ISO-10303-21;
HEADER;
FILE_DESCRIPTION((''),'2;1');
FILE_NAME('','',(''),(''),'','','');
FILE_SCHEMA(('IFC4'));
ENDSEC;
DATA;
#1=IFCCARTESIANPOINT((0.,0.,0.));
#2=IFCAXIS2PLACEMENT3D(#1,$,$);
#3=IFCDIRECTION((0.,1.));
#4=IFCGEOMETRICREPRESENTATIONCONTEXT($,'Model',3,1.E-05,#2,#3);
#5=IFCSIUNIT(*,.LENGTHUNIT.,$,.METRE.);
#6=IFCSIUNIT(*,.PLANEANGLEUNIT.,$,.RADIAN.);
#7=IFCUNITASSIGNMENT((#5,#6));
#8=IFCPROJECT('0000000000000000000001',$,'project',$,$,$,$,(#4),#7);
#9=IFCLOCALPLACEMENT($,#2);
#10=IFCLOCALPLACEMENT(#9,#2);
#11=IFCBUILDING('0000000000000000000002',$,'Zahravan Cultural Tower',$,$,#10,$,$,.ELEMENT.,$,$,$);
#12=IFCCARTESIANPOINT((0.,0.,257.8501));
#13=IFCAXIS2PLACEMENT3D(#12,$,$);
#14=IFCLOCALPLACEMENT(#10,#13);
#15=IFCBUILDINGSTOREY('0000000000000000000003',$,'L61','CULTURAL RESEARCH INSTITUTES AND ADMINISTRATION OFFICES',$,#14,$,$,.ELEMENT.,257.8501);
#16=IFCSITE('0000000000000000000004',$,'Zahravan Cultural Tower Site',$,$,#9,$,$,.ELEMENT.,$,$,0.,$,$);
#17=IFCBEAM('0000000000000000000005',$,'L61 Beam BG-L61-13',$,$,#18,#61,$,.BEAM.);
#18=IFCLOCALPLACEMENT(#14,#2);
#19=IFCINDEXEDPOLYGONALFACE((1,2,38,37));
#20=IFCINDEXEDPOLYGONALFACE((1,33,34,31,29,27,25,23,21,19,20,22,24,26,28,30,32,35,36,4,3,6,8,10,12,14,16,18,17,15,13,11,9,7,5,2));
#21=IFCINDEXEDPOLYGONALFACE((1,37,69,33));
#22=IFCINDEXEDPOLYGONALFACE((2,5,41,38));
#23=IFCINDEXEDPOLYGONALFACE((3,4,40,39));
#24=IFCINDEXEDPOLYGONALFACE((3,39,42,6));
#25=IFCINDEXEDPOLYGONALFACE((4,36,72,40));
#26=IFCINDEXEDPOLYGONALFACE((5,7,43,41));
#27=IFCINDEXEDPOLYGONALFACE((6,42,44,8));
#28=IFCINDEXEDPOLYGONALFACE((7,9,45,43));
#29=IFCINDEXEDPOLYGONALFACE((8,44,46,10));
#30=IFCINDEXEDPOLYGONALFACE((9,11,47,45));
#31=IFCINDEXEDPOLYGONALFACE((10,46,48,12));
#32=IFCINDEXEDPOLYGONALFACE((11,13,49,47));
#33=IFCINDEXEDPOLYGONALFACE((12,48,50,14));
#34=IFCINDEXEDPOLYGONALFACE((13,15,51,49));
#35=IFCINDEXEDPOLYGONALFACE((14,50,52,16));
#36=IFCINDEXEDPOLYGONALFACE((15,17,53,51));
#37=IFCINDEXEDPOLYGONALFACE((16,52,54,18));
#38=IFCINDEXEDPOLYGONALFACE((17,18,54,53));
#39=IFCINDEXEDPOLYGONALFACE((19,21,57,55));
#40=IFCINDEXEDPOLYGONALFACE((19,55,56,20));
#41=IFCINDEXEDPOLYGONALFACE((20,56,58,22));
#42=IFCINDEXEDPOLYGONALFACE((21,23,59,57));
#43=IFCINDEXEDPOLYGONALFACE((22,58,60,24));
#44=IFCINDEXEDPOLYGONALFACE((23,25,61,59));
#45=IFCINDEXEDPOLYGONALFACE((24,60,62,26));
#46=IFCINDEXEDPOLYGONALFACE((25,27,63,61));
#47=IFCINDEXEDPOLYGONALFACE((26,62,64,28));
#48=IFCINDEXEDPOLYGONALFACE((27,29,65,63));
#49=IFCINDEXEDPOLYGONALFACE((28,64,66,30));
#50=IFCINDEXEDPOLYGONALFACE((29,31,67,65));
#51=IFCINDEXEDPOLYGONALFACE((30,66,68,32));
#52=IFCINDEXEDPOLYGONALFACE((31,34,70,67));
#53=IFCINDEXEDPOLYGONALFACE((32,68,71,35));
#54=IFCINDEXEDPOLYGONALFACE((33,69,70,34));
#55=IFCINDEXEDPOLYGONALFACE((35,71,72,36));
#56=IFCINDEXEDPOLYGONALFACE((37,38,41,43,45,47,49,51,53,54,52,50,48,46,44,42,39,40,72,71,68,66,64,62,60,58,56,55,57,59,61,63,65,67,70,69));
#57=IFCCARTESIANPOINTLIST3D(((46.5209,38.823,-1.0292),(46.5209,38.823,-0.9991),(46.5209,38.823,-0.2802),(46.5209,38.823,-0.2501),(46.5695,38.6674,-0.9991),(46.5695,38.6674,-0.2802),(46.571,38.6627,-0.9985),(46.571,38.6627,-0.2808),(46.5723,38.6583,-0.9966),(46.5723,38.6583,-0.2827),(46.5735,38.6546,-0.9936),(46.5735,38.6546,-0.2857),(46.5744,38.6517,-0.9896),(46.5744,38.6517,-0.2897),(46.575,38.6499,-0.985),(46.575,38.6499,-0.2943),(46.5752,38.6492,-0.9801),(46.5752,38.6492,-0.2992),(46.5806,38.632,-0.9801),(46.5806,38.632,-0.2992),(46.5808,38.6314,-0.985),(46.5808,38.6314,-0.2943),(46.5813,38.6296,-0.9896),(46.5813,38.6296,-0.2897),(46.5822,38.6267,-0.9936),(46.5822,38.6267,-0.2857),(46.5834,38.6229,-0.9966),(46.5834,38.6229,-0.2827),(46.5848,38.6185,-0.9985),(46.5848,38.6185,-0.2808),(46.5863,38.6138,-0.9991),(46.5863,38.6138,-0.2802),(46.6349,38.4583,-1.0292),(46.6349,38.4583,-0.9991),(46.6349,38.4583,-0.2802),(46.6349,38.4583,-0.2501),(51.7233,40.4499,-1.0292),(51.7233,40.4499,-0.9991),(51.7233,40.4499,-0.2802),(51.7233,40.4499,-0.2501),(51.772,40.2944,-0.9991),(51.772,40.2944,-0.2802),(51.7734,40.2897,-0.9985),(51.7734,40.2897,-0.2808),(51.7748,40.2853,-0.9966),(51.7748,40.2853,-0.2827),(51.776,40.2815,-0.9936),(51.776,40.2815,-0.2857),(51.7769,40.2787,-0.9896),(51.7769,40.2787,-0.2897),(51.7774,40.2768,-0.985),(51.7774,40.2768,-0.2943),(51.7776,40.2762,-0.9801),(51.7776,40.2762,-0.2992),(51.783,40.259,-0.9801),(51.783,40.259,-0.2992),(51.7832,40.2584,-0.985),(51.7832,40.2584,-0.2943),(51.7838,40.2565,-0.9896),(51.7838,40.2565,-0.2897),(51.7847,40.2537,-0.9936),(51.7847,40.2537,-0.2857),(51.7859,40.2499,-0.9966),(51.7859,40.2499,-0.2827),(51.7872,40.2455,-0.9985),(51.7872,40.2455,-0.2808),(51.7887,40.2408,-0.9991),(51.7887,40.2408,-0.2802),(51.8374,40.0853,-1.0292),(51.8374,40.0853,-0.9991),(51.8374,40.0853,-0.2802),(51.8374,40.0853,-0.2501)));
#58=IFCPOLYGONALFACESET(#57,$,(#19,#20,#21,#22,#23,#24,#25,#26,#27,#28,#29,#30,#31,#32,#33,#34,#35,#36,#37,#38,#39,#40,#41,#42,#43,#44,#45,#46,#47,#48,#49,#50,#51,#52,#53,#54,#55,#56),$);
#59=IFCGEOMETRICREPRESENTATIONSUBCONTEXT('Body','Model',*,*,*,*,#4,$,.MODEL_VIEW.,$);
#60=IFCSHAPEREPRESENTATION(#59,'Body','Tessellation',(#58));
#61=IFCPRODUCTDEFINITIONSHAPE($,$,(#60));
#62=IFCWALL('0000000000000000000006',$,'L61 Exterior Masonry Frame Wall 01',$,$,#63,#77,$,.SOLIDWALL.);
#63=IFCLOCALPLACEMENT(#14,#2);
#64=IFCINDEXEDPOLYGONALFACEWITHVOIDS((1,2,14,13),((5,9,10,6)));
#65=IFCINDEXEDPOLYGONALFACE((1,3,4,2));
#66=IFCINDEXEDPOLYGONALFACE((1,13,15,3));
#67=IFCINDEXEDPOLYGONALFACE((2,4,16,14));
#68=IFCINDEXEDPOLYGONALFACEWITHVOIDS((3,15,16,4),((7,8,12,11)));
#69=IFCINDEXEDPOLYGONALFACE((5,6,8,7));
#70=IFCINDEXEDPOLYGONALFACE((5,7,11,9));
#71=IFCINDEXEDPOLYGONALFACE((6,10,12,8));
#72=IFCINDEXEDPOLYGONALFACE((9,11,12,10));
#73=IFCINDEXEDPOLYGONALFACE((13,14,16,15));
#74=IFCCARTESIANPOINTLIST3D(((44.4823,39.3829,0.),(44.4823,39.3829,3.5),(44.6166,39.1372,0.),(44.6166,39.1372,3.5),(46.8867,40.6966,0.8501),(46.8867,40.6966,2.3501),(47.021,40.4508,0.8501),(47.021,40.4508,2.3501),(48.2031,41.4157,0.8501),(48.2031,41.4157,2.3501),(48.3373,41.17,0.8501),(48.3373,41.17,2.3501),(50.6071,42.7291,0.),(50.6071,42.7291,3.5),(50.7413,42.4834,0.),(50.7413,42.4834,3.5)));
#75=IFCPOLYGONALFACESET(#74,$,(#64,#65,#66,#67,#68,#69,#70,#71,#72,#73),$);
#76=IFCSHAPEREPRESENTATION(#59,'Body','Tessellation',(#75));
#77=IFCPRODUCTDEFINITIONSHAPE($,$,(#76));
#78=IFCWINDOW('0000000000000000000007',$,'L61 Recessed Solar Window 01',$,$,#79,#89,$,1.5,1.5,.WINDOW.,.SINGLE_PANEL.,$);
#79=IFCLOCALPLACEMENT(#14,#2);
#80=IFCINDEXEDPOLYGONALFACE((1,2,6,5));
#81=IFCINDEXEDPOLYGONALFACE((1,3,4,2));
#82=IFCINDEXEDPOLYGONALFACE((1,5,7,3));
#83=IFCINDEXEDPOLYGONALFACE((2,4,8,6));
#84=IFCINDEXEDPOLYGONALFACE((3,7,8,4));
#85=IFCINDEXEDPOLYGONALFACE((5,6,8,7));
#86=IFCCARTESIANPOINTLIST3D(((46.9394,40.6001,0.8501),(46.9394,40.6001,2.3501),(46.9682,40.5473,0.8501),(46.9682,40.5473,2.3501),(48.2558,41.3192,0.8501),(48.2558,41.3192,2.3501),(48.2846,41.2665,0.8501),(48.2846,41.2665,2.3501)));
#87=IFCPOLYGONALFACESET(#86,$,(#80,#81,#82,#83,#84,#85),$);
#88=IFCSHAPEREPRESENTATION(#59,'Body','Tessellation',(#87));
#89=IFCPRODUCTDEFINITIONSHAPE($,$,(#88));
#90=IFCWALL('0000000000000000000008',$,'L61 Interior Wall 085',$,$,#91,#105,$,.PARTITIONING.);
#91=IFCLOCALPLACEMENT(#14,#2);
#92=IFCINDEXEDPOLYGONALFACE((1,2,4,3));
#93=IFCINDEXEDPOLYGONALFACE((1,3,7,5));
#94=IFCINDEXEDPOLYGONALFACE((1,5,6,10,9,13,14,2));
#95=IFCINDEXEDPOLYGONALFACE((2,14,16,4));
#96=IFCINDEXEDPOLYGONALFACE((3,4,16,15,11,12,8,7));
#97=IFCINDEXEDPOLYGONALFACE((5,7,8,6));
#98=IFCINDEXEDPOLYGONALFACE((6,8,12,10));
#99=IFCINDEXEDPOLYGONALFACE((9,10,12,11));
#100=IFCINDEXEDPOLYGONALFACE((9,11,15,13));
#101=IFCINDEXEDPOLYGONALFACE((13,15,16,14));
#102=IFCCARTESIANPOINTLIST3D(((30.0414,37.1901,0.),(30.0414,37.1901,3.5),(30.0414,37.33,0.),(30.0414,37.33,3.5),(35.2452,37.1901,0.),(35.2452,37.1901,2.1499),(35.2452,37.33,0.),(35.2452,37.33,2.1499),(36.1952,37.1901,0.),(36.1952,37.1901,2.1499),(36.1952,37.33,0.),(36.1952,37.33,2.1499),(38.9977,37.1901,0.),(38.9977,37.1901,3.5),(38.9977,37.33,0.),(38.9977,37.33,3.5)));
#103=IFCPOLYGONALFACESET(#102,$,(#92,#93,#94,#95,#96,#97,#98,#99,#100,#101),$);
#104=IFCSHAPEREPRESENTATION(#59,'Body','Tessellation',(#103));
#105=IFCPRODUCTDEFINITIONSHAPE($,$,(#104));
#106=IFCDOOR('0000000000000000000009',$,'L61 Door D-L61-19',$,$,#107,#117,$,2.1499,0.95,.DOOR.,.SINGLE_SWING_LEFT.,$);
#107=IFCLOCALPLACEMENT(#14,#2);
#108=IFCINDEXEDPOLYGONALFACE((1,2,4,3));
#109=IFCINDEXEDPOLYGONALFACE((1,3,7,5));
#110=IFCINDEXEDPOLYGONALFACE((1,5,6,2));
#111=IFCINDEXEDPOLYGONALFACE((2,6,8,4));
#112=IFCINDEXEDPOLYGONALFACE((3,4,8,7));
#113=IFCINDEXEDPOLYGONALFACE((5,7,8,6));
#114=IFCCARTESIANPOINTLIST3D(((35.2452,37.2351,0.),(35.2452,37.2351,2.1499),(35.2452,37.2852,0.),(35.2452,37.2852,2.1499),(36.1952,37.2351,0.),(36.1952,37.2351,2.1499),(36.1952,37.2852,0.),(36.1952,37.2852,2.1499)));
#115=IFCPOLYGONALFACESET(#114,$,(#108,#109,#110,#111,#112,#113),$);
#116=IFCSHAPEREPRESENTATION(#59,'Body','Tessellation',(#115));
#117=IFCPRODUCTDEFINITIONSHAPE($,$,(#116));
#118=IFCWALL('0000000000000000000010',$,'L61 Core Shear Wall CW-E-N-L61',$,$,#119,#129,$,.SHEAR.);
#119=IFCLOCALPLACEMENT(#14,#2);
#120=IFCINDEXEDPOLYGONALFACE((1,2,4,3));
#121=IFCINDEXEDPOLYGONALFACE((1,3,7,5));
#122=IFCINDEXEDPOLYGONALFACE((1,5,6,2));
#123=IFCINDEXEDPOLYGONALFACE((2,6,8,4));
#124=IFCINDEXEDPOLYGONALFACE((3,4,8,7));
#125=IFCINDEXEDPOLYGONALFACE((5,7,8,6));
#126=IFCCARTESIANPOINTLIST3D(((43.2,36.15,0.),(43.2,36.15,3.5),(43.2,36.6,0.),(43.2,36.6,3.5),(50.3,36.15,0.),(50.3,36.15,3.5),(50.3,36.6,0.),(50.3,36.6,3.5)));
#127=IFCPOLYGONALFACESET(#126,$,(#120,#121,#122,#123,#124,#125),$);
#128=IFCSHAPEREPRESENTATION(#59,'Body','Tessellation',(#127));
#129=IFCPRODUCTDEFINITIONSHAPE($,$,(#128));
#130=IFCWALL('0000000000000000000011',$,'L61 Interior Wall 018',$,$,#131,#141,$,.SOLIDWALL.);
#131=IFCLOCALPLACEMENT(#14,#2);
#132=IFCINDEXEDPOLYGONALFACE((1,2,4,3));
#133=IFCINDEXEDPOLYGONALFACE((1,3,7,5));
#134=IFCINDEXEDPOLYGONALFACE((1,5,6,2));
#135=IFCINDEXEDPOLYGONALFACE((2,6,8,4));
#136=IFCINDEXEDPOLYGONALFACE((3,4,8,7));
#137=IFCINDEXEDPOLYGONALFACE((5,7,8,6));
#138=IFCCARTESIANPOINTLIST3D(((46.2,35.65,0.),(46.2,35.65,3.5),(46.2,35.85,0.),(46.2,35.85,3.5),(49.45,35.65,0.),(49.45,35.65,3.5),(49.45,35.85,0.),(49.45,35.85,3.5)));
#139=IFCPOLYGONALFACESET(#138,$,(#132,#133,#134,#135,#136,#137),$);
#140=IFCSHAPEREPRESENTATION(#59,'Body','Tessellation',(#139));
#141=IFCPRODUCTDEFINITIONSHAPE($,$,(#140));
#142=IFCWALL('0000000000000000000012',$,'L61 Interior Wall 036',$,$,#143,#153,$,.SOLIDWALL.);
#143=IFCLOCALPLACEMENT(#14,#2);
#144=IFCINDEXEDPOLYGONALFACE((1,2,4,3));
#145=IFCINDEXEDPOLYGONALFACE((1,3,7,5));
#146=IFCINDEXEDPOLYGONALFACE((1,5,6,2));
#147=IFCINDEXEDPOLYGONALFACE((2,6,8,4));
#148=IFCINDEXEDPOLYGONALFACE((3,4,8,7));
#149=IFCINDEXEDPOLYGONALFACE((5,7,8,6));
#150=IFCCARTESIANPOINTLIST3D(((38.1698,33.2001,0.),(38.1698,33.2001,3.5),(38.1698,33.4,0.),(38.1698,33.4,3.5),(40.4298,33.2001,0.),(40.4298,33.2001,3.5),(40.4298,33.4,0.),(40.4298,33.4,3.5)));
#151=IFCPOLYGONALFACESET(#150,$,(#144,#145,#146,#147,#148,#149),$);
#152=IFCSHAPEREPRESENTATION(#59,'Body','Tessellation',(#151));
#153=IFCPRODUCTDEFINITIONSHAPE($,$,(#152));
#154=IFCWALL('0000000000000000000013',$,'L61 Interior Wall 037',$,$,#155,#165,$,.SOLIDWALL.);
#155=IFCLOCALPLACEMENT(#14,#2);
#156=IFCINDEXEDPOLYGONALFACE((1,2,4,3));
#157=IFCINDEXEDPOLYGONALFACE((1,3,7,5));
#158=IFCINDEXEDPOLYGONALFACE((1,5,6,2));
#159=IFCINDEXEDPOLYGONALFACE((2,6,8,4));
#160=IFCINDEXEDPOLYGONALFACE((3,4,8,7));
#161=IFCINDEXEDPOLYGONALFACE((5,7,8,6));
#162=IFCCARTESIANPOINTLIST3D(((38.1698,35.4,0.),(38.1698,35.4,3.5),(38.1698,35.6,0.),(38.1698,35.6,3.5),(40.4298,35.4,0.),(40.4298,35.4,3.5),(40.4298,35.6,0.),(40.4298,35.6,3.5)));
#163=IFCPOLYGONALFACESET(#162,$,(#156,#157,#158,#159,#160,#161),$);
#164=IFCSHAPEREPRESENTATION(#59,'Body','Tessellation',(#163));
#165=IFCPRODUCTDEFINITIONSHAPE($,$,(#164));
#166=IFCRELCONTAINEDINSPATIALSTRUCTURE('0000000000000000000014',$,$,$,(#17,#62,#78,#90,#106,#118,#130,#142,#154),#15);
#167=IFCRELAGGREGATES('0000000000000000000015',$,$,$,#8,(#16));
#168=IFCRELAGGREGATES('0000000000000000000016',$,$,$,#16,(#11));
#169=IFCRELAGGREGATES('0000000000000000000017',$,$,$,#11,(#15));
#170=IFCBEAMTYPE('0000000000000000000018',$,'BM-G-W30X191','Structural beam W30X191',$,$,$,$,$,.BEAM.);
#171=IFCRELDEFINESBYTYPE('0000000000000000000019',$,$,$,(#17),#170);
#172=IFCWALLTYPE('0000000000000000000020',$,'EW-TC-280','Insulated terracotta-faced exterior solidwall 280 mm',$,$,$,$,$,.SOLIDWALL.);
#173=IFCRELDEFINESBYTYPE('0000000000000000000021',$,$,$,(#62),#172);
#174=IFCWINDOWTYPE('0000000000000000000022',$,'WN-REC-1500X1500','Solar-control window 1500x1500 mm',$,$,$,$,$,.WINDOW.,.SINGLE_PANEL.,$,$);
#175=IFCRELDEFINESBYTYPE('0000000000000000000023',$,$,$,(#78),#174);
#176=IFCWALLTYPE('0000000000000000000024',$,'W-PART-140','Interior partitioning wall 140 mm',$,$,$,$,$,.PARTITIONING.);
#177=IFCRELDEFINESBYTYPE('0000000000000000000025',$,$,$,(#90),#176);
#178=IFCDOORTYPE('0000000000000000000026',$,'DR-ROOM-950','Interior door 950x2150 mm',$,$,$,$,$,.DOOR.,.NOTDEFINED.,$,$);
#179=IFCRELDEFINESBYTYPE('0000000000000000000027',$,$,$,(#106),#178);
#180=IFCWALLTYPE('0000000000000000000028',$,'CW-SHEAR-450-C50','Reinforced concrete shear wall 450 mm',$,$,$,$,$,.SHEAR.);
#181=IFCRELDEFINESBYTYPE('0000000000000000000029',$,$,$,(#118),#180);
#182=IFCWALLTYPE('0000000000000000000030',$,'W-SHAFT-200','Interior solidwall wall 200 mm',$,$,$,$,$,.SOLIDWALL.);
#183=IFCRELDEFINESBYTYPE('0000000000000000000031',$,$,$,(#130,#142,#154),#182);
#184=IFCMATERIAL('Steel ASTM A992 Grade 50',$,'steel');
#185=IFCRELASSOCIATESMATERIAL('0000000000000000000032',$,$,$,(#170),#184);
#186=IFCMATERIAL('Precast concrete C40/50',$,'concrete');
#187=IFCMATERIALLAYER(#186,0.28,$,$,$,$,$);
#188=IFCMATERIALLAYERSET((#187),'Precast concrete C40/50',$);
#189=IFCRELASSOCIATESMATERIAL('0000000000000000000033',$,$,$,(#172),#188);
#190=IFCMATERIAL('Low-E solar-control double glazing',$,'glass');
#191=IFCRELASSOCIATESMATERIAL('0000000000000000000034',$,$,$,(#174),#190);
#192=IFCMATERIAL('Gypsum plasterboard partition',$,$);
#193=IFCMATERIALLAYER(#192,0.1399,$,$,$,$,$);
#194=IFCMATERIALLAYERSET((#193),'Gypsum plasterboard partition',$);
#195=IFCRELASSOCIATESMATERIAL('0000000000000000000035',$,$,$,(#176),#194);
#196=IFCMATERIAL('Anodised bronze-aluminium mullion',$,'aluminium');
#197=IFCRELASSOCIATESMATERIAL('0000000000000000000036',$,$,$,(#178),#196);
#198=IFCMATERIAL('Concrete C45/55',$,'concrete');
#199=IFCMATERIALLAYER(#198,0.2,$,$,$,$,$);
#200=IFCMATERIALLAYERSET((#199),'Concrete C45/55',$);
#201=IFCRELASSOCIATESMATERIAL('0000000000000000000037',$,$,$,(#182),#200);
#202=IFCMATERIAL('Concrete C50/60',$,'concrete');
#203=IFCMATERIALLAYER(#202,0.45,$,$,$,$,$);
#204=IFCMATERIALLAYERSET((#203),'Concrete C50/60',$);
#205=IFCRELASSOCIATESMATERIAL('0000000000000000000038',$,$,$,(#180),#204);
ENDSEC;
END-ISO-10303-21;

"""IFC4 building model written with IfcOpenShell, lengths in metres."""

from ifc_helpers import new_model, si_unit, direction, frame, frame_2d, origin, origin_2d, place, context, subcontext, project, spatial, rectangle, i_section, extrude, source, transform, mapped, material, layer, layer_set, material_profile, profile_set, type_object, element, fill, save


model = new_model("IFC4")

# Units and contexts
model_context = context("Model", 3, precision=1e-05, world=origin(), true_north=direction((0.0, 1.0)))
body_context = subcontext(model_context, "Body", "Model", "MODEL_VIEW")
ifc_project = project(units=[si_unit("LENGTHUNIT", "METRE"), si_unit("PLANEANGLEUNIT", "RADIAN")], contexts=[model_context])

# Site, building, storey
site_placement = place(None, origin())
site = spatial("IfcSite", under=ifc_project, at=site_placement, Name="Zahravan Cultural Tower Site", CompositionType="ELEMENT", RefElevation=0.0)
building_placement = place(site_placement, origin())
building = spatial("IfcBuilding", under=site, at=building_placement, Name="Zahravan Cultural Tower", CompositionType="ELEMENT")
storey_placement = place(building_placement, frame((0.0, 0.0, 257.8501)))
storey = spatial("IfcBuildingStorey", under=building, at=storey_placement, Name="L61", Description="CULTURAL RESEARCH INSTITUTES AND ADMINISTRATION OFFICES", CompositionType="ELEMENT", Elevation=257.8501)

# Shared definitions
ifc_material_1 = material(Name="Concrete C50/60", Category="concrete")
ifc_material_2 = material(Name="Steel ASTM A992 Grade 50", Category="steel")

# Beam
ifc_material_3 = material(Name="Concrete C45/55", Category="concrete")
ifc_material_profile_1 = material_profile(ifc_material_2, i_section(OverallWidth=0.3821, OverallDepth=0.7791, WebThickness=0.0181, FlangeThickness=0.03, FilletRadius=0.019, at=origin_2d()), Name="W30X191")
ifc_profile_set_1 = profile_set([ifc_material_profile_1], Name="Steel ASTM A992 Grade 50")
beam_type_1 = type_object("IfcBeamType", Name="BM-G-W30X191", Description="Structural beam W30X191", PredefinedType="BEAM", material=ifc_profile_set_1)
shared_shape_1 = source(origin(), body_context, "Body", "SweptSolid", [
    extrude(i_section(OverallWidth=0.3821, OverallDepth=0.7791, WebThickness=0.0181, FlangeThickness=0.03, FilletRadius=0.019, at=origin_2d()), origin(), (0.0, 0.0, 1.0), 5.4509),
])
beam_1_placement = place(storey_placement, frame((46.5779, 38.6406, -0.6396), z_axis=(0.954417, 0.298476, 0.0), x_axis=(-0.298476, 0.954417, 0.0)))
element("IfcBeam", 1, at=beam_1_placement, inside=storey, type_object=beam_type_1, Name="L61 Beam BG-L61-13", PredefinedType="BEAM", context=body_context, shape_type="MappedRepresentation", body=[
    mapped(shared_shape_1, transform((0.0, 0.0, 0.0), x_axis=(1.0, 0.0, 0.0), y_axis=(0.0, 1.0, 0.0), z_axis=(0.0, 0.0, 1.0), scale=1.0)),
])

# Wall, opening, window
ifc_material_4 = material(Name="Precast concrete C40/50", Category="concrete")
ifc_layer_1 = layer(ifc_material_4, 0.28)
ifc_layer_set_1 = layer_set([ifc_layer_1], Name="Precast concrete C40/50")
wall_type_1 = type_object("IfcWallType", Name="EW-TC-280", Description="Insulated terracotta-faced exterior solidwall 280 mm", PredefinedType="SOLIDWALL", material=ifc_layer_set_1)
wall_1_placement = place(storey_placement, frame((44.5493, 39.26, 0.0), z_axis=(0.0, 0.0, 1.0), x_axis=(0.877569, 0.47945, 0.0)))
wall_1 = element("IfcWall", 2, at=wall_1_placement, inside=storey, type_object=wall_type_1, Name="L61 Exterior Masonry Frame Wall 01", PredefinedType="SOLIDWALL", context=body_context, shape_type="SweptSolid", body=[
    extrude(rectangle(XDim=6.9792, YDim=0.28, at=frame_2d((3.4897, 0.0))), origin(), (0.0, 0.0, 1.0), 3.5),
])
opening_1_placement = place(wall_1_placement, frame((2.74, 0.0, 0.8501)))
opening_1 = element("IfcOpeningElement", 3, at=opening_1_placement, cuts=wall_1, PredefinedType="OPENING", context=body_context, shape_type="SweptSolid", body=[
    extrude(rectangle(XDim=1.5, YDim=1.5, at=frame_2d((0.75, 0.75))), frame((0.0, 0.1499, 0.0), z_axis=(0.0, -1.0, 0.0), x_axis=(1.0, 0.0, 0.0)), (0.0, 0.0, 1.0), 0.3),
])
ifc_material_5 = material(Name="Low-E solar-control double glazing", Category="glass")
window_type = type_object("IfcWindowType", Name="WN-REC-1500X1500", Description="Solar-control window 1500x1500 mm", PartitioningType="SINGLE_PANEL", PredefinedType="WINDOW", material=ifc_material_5)
shared_shape_2 = source(origin(), body_context, "Body", "SweptSolid", [
    extrude(rectangle(XDim=1.5, YDim=1.5, at=frame_2d((0.75, 0.75))), frame((0.0, 0.03, 0.0), z_axis=(0.0, -1.0, 0.0), x_axis=(1.0, 0.0, 0.0)), (0.0, 0.0, 1.0), 0.0601),
])
window_placement = place(opening_1_placement, origin())
window = element("IfcWindow", 4, at=window_placement, inside=storey, type_object=window_type, Name="L61 Recessed Solar Window 01", OverallHeight=1.5, OverallWidth=1.5, PartitioningType="SINGLE_PANEL", PredefinedType="WINDOW", context=body_context, shape_type="MappedRepresentation", body=[
    mapped(shared_shape_2, transform((0.0, 0.0, 0.0), x_axis=(1.0, 0.0, 0.0), y_axis=(0.0, 1.0, 0.0), z_axis=(0.0, 0.0, 1.0), scale=1.0)),
])
fill(opening_1, window)

# Wall, opening, door
ifc_material_6 = material(Name="Gypsum plasterboard partition")
ifc_layer_2 = layer(ifc_material_6, 0.1399)
ifc_layer_set_2 = layer_set([ifc_layer_2], Name="Gypsum plasterboard partition")
wall_type_2 = type_object("IfcWallType", Name="W-PART-140", Description="Interior partitioning wall 140 mm", PredefinedType="PARTITIONING", material=ifc_layer_set_2)
ifc_material_7 = material(Name="Anodised bronze-aluminium mullion", Category="aluminium")
door_type_1 = type_object("IfcDoorType", Name="DR-ROOM-950", Description="Interior door 950x2150 mm", OperationType="NOTDEFINED", PredefinedType="DOOR", material=ifc_material_7)
shared_shape_3 = source(origin(), body_context, "Body", "SweptSolid", [
    extrude(rectangle(XDim=0.95, YDim=2.1499, at=frame_2d((0.4751, 1.075))), frame((0.0, 0.0249, 0.0), z_axis=(0.0, -1.0, 0.0), x_axis=(1.0, 0.0, 0.0)), (0.0, 0.0, 1.0), 0.05),
])
wall_2_placement = place(storey_placement, frame((38.9976, 37.26, 0.0), z_axis=(0.0, 0.0, 1.0), x_axis=(-1.0, 0.0, 0.0)))
wall_2 = element("IfcWall", 5, at=wall_2_placement, inside=storey, type_object=wall_type_2, Name="L61 Interior Wall 085", PredefinedType="PARTITIONING", context=body_context, shape_type="SweptSolid", body=[
    extrude(rectangle(XDim=8.9563, YDim=0.1399, at=frame_2d((4.478, 0.0))), origin(), (0.0, 0.0, 1.0), 3.5),
])
opening_2_placement = place(wall_2_placement, frame((2.8022, 0.0, 0.0)))
opening_2 = element("IfcOpeningElement", 6, at=opening_2_placement, cuts=wall_2, PredefinedType="OPENING", context=body_context, shape_type="SweptSolid", body=[
    extrude(rectangle(XDim=0.95, YDim=2.1499, at=frame_2d((0.4751, 1.075))), frame((0.0, 0.0798, 0.0), z_axis=(0.0, -1.0, 0.0), x_axis=(1.0, 0.0, 0.0)), (0.0, 0.0, 1.0), 0.1599),
])
door_1_placement = place(opening_2_placement, origin())
door_1 = element("IfcDoor", 7, at=door_1_placement, inside=storey, type_object=door_type_1, Name="L61 Door D-L61-19", OperationType="SINGLE_SWING_LEFT", OverallHeight=2.1499, OverallWidth=0.95, PredefinedType="DOOR", context=body_context, shape_type="MappedRepresentation", body=[
    mapped(shared_shape_3, transform((0.0, 0.0, 0.0), x_axis=(1.0, 0.0, 0.0), y_axis=(0.0, 1.0, 0.0), z_axis=(0.0, 0.0, 1.0), scale=1.0)),
])
fill(opening_2, door_1)
ifc_layer_3 = layer(ifc_material_3, 0.2)
ifc_layer_set_3 = layer_set([ifc_layer_3], Name="Concrete C45/55")
wall_type_3 = type_object("IfcWallType", Name="W-SHAFT-200", Description="Interior solidwall wall 200 mm", PredefinedType="SOLIDWALL", material=ifc_layer_set_3)

# Walls
ifc_layer_4 = layer(ifc_material_1, 0.45)
ifc_layer_set_4 = layer_set([ifc_layer_4], Name="Concrete C50/60")
wall_type_4 = type_object("IfcWallType", Name="CW-SHEAR-450-C50", Description="Reinforced concrete shear wall 450 mm", PredefinedType="SHEAR", material=ifc_layer_set_4)
shared_shape_4 = source(origin(), body_context, "Body", "SweptSolid", [
    extrude(rectangle(XDim=7.1001, YDim=0.45, at=frame_2d((3.55, 0.0))), origin(), (0.0, 0.0, 1.0), 3.5),
])
wall_3_placement = place(storey_placement, frame((43.2, 36.375, 0.0), z_axis=(0.0, 0.0, 1.0), x_axis=(1.0, 0.0, 0.0)))
element("IfcWall", 8, at=wall_3_placement, inside=storey, type_object=wall_type_4, Name="L61 Core Shear Wall CW-E-N-L61", PredefinedType="SHEAR", context=body_context, shape_type="MappedRepresentation", body=[
    mapped(shared_shape_4, transform((0.0, 0.0, 0.0), x_axis=(1.0, 0.0, 0.0), y_axis=(0.0, 1.0, 0.0), z_axis=(0.0, 0.0, 1.0), scale=1.0)),
])
shared_shape_5 = source(origin(), body_context, "Body", "SweptSolid", [
    extrude(rectangle(XDim=3.25, YDim=0.2, at=frame_2d((1.625, 0.0))), origin(), (0.0, 0.0, 1.0), 3.5),
])
wall_4_placement = place(storey_placement, frame((46.2, 35.75, 0.0), z_axis=(0.0, 0.0, 1.0), x_axis=(1.0, 0.0, 0.0)))
element("IfcWall", 9, at=wall_4_placement, inside=storey, type_object=wall_type_3, Name="L61 Interior Wall 018", PredefinedType="SOLIDWALL", context=body_context, shape_type="MappedRepresentation", body=[
    mapped(shared_shape_5, transform((0.0, 0.0, 0.0), x_axis=(1.0, 0.0, 0.0), y_axis=(0.0, 1.0, 0.0), z_axis=(0.0, 0.0, 1.0), scale=1.0)),
])
shared_shape_6 = source(origin(), body_context, "Body", "SweptSolid", [
    extrude(rectangle(XDim=2.26, YDim=0.2, at=frame_2d((1.1299, 0.0))), origin(), (0.0, 0.0, 1.0), 3.5),
])
for number, where, z_axis, x_axis, name in (
    (10, (38.1699, 33.3, 0.0), (0.0, 0.0, 1.0), (1.0, 0.0, 0.0), "L61 Interior Wall 036"),
    (11, (38.1699, 35.5, 0.0), (0.0, 0.0, 1.0), (1.0, 0.0, 0.0), "L61 Interior Wall 037"),
):
    element("IfcWall", number, at=place(storey_placement, frame(where, z_axis=z_axis, x_axis=x_axis)), inside=storey, type_object=wall_type_3, Name=name, PredefinedType="SOLIDWALL", context=body_context, shape_type="MappedRepresentation", body=[
        mapped(shared_shape_6, transform((0.0, 0.0, 0.0), x_axis=(1.0, 0.0, 0.0), y_axis=(0.0, 1.0, 0.0), z_axis=(0.0, 0.0, 1.0), scale=1.0)),
    ])

save(model, "model.ifc")
